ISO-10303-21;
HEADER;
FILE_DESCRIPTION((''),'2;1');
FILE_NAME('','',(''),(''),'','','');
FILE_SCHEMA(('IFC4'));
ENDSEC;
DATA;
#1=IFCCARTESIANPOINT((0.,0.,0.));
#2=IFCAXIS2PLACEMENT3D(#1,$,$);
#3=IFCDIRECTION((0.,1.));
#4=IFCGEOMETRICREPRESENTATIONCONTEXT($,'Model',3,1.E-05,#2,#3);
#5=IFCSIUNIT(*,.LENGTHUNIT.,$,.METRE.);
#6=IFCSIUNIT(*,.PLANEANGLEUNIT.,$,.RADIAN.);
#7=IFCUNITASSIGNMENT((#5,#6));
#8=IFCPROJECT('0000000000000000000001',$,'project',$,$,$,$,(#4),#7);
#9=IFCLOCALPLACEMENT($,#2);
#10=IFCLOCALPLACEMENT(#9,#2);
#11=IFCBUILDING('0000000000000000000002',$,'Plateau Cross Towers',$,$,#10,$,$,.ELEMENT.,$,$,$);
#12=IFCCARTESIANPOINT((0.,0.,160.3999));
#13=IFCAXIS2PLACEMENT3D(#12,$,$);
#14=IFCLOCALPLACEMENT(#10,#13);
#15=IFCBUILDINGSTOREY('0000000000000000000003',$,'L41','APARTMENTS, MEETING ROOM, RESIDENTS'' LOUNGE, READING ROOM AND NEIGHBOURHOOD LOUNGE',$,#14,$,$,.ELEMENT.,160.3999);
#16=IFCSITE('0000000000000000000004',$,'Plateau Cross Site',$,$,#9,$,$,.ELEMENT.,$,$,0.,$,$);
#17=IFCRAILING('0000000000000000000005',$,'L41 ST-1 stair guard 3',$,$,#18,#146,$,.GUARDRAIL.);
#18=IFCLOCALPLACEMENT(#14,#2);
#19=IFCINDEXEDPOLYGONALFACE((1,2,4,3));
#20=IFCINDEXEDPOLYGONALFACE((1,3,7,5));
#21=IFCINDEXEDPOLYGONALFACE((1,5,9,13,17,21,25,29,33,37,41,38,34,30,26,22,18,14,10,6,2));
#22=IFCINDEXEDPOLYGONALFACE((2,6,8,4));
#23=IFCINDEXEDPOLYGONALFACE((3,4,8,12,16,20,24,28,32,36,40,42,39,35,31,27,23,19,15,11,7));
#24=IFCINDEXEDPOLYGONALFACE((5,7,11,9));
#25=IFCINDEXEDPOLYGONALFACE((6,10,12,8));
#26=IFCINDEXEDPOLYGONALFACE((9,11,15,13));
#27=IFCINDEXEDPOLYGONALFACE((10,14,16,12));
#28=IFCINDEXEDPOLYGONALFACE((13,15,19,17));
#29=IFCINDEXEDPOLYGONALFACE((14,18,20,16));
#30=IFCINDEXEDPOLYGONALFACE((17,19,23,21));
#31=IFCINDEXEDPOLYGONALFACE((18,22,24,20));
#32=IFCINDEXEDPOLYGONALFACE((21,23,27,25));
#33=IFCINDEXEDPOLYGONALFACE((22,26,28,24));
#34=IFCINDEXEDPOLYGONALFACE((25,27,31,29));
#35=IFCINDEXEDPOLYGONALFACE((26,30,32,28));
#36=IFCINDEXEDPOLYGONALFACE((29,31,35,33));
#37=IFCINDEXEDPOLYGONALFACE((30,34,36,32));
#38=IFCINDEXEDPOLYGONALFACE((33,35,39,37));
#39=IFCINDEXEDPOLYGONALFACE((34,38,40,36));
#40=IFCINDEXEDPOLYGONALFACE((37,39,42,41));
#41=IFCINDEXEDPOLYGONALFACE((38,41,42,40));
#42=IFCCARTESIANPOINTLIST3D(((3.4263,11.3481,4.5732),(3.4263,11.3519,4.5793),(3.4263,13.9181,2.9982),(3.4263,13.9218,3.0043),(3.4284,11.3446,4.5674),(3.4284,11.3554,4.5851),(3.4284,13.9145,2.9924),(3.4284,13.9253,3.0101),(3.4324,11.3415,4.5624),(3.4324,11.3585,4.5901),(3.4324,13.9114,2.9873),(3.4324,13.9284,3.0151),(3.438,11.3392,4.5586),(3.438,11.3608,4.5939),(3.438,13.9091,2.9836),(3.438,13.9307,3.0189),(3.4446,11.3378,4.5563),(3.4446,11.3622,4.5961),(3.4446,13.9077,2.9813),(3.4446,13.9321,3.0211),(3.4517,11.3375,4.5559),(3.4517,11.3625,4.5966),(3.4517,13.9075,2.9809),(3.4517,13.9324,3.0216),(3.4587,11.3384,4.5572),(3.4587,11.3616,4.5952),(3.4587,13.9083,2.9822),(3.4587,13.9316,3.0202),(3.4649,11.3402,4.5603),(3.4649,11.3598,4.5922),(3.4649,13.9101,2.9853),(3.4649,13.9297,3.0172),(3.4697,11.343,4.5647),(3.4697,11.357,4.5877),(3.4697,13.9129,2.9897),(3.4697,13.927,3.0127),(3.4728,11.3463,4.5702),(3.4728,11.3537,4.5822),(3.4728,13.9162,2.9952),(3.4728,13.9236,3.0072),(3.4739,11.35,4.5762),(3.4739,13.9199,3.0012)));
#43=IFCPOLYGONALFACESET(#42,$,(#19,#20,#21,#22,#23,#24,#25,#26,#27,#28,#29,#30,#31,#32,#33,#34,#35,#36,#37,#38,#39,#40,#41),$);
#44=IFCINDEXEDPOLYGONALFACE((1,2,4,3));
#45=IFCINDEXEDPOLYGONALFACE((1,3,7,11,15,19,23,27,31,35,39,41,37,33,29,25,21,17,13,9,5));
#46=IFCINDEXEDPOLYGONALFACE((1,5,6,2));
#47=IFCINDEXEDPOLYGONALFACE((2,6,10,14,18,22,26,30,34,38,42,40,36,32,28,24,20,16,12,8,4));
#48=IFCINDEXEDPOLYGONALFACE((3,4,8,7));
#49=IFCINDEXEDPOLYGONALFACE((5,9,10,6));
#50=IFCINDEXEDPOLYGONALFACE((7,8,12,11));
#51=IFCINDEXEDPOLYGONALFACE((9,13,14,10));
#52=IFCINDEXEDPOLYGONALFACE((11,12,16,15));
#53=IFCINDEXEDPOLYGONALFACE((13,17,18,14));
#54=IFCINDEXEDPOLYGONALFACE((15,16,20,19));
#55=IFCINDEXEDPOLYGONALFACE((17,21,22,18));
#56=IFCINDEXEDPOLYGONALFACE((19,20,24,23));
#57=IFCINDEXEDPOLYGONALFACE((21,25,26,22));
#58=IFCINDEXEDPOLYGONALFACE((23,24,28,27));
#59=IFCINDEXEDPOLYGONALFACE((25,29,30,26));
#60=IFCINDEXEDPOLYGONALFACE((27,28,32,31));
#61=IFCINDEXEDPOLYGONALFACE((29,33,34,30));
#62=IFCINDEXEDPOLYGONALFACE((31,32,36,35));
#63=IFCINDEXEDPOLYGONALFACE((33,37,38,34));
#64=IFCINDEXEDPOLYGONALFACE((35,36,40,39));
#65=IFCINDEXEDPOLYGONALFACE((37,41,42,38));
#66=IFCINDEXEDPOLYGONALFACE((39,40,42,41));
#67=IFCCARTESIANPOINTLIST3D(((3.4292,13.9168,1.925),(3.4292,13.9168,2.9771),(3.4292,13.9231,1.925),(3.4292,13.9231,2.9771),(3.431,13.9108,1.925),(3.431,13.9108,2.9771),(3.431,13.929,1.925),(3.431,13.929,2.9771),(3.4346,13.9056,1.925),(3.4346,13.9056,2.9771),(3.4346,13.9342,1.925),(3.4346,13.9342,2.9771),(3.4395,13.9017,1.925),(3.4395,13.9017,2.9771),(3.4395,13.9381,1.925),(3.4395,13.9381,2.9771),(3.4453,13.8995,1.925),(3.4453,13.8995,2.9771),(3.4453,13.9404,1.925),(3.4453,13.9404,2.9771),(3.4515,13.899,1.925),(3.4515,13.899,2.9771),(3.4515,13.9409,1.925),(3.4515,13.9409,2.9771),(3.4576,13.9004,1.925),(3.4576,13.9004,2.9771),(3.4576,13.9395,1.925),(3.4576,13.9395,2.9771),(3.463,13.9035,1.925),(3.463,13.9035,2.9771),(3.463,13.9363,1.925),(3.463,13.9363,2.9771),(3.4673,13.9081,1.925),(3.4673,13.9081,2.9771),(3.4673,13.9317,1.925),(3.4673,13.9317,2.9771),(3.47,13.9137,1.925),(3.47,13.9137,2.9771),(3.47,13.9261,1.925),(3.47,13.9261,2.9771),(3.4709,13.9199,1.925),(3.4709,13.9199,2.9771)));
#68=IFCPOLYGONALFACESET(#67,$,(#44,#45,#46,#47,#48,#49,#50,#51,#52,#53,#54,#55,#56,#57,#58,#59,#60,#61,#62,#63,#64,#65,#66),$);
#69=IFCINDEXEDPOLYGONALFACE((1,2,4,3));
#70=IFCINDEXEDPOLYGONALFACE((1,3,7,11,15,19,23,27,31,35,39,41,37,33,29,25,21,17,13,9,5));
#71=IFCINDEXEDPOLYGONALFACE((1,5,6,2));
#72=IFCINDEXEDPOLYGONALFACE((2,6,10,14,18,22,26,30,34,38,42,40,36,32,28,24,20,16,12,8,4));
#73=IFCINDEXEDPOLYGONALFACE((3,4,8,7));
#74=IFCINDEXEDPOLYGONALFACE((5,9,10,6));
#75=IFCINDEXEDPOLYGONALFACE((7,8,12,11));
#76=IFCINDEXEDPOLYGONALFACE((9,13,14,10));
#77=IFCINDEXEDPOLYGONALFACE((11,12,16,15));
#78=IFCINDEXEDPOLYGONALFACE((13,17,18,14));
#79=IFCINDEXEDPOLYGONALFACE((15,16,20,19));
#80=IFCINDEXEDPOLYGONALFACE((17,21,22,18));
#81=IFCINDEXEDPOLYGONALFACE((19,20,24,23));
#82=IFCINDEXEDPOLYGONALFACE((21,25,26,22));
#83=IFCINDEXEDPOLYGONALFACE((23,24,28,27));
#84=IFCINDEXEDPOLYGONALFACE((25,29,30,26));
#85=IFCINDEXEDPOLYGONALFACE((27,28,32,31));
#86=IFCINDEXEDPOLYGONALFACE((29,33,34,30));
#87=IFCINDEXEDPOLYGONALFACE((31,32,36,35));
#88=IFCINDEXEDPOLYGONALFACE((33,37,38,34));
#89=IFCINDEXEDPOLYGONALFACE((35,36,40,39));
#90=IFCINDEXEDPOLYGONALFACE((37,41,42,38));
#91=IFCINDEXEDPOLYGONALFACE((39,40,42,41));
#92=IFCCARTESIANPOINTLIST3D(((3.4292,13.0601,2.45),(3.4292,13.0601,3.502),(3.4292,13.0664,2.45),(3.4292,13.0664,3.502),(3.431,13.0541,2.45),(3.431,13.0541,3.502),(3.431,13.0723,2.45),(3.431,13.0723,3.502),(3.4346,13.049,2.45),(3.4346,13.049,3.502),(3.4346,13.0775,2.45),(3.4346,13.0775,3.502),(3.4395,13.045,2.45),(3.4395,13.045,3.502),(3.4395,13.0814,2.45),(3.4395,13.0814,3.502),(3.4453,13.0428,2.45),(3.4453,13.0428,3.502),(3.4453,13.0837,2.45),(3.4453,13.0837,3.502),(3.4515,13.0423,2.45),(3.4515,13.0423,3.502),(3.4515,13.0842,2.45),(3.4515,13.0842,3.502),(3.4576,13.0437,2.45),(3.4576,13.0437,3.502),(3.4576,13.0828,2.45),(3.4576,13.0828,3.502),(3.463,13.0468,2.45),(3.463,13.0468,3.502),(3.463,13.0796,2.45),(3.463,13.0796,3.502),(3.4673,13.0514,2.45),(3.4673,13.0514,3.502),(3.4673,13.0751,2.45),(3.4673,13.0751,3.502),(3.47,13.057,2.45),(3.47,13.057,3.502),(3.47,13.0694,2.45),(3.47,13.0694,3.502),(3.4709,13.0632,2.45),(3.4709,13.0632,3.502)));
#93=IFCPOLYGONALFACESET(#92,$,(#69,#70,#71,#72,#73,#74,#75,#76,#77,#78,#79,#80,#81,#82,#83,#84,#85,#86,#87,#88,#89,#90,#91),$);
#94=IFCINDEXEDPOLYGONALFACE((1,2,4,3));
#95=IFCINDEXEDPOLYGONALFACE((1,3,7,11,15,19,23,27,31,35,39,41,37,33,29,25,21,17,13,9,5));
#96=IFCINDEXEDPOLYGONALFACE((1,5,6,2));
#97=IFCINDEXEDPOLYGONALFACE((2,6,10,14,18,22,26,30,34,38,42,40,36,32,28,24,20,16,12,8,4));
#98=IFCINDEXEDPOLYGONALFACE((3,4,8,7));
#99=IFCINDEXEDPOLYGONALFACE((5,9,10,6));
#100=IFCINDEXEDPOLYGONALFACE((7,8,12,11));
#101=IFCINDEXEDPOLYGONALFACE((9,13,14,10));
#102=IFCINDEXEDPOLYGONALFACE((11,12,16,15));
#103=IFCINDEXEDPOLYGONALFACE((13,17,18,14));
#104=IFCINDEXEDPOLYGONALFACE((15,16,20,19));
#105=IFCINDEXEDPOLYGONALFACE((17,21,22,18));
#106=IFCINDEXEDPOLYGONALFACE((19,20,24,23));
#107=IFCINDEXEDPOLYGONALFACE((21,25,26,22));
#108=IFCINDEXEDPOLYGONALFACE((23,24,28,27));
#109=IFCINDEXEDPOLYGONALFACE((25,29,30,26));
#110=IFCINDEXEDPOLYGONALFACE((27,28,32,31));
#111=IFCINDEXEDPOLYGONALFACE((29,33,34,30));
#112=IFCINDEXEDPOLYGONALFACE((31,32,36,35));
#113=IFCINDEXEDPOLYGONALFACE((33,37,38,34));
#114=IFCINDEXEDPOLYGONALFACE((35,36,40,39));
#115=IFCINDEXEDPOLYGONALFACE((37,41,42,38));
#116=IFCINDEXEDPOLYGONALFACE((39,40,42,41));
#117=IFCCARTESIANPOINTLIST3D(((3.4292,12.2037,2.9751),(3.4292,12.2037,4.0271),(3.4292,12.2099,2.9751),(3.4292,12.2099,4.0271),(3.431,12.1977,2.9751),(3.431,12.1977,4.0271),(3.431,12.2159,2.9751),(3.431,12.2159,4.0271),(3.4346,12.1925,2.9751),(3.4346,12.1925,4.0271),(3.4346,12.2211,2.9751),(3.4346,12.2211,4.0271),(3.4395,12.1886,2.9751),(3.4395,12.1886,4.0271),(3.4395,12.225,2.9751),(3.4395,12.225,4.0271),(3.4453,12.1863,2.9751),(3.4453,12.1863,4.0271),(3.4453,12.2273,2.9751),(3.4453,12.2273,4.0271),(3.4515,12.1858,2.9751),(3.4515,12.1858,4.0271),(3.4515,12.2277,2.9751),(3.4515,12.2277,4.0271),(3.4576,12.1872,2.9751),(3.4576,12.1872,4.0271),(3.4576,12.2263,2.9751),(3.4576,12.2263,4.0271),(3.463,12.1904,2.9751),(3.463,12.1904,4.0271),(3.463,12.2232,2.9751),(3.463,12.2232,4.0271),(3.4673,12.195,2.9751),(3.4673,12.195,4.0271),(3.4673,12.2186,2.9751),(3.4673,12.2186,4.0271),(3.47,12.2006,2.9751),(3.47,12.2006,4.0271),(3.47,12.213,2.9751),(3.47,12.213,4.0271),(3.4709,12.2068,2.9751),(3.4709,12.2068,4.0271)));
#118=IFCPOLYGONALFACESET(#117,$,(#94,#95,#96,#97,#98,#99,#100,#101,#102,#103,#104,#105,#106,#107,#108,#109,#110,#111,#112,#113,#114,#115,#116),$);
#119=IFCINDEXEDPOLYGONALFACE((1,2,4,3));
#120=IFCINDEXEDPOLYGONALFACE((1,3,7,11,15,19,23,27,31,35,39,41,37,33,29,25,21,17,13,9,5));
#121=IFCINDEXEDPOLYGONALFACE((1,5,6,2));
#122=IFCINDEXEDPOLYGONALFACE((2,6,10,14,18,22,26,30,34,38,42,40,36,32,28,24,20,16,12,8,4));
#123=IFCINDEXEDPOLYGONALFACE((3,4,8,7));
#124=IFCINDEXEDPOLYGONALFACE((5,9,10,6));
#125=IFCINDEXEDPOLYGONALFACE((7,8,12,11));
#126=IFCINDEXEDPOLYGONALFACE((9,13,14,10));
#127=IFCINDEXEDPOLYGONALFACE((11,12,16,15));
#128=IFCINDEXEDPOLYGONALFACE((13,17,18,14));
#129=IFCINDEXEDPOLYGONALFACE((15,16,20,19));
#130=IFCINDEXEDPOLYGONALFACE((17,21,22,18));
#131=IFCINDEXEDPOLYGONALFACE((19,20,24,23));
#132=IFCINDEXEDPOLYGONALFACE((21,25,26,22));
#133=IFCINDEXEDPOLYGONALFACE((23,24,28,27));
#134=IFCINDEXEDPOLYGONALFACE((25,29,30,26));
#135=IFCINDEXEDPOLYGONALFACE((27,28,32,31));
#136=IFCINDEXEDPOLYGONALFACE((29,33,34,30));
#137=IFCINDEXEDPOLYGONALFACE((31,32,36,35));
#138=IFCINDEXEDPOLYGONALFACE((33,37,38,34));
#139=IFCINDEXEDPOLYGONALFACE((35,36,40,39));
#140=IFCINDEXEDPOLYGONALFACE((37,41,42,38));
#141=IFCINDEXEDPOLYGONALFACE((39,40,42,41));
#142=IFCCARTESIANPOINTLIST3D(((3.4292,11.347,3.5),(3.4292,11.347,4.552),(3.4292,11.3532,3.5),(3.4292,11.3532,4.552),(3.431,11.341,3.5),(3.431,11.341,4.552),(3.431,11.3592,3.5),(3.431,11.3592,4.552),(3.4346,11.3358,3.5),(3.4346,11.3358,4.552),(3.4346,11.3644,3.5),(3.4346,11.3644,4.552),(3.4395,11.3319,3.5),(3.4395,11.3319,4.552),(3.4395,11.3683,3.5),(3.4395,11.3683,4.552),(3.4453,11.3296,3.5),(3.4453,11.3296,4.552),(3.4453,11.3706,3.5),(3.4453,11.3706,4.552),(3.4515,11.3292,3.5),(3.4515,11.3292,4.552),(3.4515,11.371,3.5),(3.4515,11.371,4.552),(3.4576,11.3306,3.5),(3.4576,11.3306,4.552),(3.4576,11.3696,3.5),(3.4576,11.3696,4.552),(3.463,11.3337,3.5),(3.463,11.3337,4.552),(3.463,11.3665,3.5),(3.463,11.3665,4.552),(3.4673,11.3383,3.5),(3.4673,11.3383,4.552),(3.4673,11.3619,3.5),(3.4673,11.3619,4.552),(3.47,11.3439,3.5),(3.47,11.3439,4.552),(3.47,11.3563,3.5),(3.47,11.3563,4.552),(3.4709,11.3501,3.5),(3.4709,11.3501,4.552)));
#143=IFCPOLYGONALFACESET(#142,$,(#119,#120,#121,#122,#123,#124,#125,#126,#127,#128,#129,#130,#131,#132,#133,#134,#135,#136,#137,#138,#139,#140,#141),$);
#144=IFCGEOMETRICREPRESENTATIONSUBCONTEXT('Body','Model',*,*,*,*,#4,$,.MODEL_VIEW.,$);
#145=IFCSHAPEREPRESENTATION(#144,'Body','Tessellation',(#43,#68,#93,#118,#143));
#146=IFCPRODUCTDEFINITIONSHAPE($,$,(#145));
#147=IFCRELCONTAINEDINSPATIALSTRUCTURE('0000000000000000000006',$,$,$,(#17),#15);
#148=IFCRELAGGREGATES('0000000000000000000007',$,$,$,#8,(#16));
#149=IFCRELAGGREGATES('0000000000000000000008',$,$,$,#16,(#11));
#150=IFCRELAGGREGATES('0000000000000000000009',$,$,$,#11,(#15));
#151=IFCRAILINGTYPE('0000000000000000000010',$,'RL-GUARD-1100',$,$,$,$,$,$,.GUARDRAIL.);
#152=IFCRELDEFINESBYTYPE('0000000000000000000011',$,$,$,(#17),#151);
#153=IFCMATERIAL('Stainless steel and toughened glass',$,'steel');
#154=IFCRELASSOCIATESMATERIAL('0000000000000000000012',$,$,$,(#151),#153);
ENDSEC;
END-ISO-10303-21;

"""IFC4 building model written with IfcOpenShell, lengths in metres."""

from ifc_helpers import new_model, si_unit, direction, frame, origin, origin_2d, place, context, subcontext, project, spatial, circle, extrude, material, type_object, element, save


model = new_model("IFC4")

# Units and contexts
model_context = context("Model", 3, precision=1e-05, world=origin(), true_north=direction((0.0, 1.0)))
body_context = subcontext(model_context, "Body", "Model", "MODEL_VIEW")
ifc_project = project(units=[si_unit("LENGTHUNIT", "METRE"), si_unit("PLANEANGLEUNIT", "RADIAN")], contexts=[model_context])

# Site, building, storey
site_placement = place(None, origin())
site = spatial("IfcSite", under=ifc_project, at=site_placement, Name="Plateau Cross Site", CompositionType="ELEMENT", RefElevation=0.0)
building_placement = place(site_placement, origin())
building = spatial("IfcBuilding", under=site, at=building_placement, Name="Plateau Cross Towers", CompositionType="ELEMENT")
storey_placement = place(building_placement, frame((0.0, 0.0, 160.3999)))
storey = spatial("IfcBuildingStorey", under=building, at=storey_placement, Name="L41", Description="APARTMENTS, MEETING ROOM, RESIDENTS' LOUNGE, READING ROOM AND NEIGHBOURHOOD LOUNGE", CompositionType="ELEMENT", Elevation=160.3999)

# Railing
ifc_material_1 = material(Name="Stainless steel and toughened glass", Category="steel")
railing_type_1 = type_object("IfcRailingType", Name="RL-GUARD-1100", PredefinedType="GUARDRAIL", material=ifc_material_1)
railing_1_placement = place(storey_placement, frame((3.45, 13.9199, 1.925)))
element("IfcRailing", 1, at=railing_1_placement, inside=storey, type_object=railing_type_1, Name="L41 ST-1 stair guard 3", PredefinedType="GUARDRAIL", context=body_context, shape_type="SweptSolid", body=[
    extrude(circle(Radius=0.0239, at=origin_2d()), frame((0.0, 0.0, 1.0762), z_axis=(0.0, -0.852616, 0.522537), x_axis=(1.0, 0.0, 0.0)), (0.0, 0.0, 1.0), 3.0142),
    extrude(circle(Radius=0.021, at=origin_2d()), origin(), (0.0, 0.0, 1.0), 1.052),
    extrude(circle(Radius=0.021, at=origin_2d()), frame((0.0, -0.8567, 0.5249)), (0.0, 0.0, 1.0), 1.052),
    extrude(circle(Radius=0.021, at=origin_2d()), frame((0.0, -1.7131, 1.05)), (0.0, 0.0, 1.0), 1.052),
    extrude(circle(Radius=0.021, at=origin_2d()), frame((0.0, -2.5698, 1.575)), (0.0, 0.0, 1.0), 1.052),
])

save(model, "model.ifc")
